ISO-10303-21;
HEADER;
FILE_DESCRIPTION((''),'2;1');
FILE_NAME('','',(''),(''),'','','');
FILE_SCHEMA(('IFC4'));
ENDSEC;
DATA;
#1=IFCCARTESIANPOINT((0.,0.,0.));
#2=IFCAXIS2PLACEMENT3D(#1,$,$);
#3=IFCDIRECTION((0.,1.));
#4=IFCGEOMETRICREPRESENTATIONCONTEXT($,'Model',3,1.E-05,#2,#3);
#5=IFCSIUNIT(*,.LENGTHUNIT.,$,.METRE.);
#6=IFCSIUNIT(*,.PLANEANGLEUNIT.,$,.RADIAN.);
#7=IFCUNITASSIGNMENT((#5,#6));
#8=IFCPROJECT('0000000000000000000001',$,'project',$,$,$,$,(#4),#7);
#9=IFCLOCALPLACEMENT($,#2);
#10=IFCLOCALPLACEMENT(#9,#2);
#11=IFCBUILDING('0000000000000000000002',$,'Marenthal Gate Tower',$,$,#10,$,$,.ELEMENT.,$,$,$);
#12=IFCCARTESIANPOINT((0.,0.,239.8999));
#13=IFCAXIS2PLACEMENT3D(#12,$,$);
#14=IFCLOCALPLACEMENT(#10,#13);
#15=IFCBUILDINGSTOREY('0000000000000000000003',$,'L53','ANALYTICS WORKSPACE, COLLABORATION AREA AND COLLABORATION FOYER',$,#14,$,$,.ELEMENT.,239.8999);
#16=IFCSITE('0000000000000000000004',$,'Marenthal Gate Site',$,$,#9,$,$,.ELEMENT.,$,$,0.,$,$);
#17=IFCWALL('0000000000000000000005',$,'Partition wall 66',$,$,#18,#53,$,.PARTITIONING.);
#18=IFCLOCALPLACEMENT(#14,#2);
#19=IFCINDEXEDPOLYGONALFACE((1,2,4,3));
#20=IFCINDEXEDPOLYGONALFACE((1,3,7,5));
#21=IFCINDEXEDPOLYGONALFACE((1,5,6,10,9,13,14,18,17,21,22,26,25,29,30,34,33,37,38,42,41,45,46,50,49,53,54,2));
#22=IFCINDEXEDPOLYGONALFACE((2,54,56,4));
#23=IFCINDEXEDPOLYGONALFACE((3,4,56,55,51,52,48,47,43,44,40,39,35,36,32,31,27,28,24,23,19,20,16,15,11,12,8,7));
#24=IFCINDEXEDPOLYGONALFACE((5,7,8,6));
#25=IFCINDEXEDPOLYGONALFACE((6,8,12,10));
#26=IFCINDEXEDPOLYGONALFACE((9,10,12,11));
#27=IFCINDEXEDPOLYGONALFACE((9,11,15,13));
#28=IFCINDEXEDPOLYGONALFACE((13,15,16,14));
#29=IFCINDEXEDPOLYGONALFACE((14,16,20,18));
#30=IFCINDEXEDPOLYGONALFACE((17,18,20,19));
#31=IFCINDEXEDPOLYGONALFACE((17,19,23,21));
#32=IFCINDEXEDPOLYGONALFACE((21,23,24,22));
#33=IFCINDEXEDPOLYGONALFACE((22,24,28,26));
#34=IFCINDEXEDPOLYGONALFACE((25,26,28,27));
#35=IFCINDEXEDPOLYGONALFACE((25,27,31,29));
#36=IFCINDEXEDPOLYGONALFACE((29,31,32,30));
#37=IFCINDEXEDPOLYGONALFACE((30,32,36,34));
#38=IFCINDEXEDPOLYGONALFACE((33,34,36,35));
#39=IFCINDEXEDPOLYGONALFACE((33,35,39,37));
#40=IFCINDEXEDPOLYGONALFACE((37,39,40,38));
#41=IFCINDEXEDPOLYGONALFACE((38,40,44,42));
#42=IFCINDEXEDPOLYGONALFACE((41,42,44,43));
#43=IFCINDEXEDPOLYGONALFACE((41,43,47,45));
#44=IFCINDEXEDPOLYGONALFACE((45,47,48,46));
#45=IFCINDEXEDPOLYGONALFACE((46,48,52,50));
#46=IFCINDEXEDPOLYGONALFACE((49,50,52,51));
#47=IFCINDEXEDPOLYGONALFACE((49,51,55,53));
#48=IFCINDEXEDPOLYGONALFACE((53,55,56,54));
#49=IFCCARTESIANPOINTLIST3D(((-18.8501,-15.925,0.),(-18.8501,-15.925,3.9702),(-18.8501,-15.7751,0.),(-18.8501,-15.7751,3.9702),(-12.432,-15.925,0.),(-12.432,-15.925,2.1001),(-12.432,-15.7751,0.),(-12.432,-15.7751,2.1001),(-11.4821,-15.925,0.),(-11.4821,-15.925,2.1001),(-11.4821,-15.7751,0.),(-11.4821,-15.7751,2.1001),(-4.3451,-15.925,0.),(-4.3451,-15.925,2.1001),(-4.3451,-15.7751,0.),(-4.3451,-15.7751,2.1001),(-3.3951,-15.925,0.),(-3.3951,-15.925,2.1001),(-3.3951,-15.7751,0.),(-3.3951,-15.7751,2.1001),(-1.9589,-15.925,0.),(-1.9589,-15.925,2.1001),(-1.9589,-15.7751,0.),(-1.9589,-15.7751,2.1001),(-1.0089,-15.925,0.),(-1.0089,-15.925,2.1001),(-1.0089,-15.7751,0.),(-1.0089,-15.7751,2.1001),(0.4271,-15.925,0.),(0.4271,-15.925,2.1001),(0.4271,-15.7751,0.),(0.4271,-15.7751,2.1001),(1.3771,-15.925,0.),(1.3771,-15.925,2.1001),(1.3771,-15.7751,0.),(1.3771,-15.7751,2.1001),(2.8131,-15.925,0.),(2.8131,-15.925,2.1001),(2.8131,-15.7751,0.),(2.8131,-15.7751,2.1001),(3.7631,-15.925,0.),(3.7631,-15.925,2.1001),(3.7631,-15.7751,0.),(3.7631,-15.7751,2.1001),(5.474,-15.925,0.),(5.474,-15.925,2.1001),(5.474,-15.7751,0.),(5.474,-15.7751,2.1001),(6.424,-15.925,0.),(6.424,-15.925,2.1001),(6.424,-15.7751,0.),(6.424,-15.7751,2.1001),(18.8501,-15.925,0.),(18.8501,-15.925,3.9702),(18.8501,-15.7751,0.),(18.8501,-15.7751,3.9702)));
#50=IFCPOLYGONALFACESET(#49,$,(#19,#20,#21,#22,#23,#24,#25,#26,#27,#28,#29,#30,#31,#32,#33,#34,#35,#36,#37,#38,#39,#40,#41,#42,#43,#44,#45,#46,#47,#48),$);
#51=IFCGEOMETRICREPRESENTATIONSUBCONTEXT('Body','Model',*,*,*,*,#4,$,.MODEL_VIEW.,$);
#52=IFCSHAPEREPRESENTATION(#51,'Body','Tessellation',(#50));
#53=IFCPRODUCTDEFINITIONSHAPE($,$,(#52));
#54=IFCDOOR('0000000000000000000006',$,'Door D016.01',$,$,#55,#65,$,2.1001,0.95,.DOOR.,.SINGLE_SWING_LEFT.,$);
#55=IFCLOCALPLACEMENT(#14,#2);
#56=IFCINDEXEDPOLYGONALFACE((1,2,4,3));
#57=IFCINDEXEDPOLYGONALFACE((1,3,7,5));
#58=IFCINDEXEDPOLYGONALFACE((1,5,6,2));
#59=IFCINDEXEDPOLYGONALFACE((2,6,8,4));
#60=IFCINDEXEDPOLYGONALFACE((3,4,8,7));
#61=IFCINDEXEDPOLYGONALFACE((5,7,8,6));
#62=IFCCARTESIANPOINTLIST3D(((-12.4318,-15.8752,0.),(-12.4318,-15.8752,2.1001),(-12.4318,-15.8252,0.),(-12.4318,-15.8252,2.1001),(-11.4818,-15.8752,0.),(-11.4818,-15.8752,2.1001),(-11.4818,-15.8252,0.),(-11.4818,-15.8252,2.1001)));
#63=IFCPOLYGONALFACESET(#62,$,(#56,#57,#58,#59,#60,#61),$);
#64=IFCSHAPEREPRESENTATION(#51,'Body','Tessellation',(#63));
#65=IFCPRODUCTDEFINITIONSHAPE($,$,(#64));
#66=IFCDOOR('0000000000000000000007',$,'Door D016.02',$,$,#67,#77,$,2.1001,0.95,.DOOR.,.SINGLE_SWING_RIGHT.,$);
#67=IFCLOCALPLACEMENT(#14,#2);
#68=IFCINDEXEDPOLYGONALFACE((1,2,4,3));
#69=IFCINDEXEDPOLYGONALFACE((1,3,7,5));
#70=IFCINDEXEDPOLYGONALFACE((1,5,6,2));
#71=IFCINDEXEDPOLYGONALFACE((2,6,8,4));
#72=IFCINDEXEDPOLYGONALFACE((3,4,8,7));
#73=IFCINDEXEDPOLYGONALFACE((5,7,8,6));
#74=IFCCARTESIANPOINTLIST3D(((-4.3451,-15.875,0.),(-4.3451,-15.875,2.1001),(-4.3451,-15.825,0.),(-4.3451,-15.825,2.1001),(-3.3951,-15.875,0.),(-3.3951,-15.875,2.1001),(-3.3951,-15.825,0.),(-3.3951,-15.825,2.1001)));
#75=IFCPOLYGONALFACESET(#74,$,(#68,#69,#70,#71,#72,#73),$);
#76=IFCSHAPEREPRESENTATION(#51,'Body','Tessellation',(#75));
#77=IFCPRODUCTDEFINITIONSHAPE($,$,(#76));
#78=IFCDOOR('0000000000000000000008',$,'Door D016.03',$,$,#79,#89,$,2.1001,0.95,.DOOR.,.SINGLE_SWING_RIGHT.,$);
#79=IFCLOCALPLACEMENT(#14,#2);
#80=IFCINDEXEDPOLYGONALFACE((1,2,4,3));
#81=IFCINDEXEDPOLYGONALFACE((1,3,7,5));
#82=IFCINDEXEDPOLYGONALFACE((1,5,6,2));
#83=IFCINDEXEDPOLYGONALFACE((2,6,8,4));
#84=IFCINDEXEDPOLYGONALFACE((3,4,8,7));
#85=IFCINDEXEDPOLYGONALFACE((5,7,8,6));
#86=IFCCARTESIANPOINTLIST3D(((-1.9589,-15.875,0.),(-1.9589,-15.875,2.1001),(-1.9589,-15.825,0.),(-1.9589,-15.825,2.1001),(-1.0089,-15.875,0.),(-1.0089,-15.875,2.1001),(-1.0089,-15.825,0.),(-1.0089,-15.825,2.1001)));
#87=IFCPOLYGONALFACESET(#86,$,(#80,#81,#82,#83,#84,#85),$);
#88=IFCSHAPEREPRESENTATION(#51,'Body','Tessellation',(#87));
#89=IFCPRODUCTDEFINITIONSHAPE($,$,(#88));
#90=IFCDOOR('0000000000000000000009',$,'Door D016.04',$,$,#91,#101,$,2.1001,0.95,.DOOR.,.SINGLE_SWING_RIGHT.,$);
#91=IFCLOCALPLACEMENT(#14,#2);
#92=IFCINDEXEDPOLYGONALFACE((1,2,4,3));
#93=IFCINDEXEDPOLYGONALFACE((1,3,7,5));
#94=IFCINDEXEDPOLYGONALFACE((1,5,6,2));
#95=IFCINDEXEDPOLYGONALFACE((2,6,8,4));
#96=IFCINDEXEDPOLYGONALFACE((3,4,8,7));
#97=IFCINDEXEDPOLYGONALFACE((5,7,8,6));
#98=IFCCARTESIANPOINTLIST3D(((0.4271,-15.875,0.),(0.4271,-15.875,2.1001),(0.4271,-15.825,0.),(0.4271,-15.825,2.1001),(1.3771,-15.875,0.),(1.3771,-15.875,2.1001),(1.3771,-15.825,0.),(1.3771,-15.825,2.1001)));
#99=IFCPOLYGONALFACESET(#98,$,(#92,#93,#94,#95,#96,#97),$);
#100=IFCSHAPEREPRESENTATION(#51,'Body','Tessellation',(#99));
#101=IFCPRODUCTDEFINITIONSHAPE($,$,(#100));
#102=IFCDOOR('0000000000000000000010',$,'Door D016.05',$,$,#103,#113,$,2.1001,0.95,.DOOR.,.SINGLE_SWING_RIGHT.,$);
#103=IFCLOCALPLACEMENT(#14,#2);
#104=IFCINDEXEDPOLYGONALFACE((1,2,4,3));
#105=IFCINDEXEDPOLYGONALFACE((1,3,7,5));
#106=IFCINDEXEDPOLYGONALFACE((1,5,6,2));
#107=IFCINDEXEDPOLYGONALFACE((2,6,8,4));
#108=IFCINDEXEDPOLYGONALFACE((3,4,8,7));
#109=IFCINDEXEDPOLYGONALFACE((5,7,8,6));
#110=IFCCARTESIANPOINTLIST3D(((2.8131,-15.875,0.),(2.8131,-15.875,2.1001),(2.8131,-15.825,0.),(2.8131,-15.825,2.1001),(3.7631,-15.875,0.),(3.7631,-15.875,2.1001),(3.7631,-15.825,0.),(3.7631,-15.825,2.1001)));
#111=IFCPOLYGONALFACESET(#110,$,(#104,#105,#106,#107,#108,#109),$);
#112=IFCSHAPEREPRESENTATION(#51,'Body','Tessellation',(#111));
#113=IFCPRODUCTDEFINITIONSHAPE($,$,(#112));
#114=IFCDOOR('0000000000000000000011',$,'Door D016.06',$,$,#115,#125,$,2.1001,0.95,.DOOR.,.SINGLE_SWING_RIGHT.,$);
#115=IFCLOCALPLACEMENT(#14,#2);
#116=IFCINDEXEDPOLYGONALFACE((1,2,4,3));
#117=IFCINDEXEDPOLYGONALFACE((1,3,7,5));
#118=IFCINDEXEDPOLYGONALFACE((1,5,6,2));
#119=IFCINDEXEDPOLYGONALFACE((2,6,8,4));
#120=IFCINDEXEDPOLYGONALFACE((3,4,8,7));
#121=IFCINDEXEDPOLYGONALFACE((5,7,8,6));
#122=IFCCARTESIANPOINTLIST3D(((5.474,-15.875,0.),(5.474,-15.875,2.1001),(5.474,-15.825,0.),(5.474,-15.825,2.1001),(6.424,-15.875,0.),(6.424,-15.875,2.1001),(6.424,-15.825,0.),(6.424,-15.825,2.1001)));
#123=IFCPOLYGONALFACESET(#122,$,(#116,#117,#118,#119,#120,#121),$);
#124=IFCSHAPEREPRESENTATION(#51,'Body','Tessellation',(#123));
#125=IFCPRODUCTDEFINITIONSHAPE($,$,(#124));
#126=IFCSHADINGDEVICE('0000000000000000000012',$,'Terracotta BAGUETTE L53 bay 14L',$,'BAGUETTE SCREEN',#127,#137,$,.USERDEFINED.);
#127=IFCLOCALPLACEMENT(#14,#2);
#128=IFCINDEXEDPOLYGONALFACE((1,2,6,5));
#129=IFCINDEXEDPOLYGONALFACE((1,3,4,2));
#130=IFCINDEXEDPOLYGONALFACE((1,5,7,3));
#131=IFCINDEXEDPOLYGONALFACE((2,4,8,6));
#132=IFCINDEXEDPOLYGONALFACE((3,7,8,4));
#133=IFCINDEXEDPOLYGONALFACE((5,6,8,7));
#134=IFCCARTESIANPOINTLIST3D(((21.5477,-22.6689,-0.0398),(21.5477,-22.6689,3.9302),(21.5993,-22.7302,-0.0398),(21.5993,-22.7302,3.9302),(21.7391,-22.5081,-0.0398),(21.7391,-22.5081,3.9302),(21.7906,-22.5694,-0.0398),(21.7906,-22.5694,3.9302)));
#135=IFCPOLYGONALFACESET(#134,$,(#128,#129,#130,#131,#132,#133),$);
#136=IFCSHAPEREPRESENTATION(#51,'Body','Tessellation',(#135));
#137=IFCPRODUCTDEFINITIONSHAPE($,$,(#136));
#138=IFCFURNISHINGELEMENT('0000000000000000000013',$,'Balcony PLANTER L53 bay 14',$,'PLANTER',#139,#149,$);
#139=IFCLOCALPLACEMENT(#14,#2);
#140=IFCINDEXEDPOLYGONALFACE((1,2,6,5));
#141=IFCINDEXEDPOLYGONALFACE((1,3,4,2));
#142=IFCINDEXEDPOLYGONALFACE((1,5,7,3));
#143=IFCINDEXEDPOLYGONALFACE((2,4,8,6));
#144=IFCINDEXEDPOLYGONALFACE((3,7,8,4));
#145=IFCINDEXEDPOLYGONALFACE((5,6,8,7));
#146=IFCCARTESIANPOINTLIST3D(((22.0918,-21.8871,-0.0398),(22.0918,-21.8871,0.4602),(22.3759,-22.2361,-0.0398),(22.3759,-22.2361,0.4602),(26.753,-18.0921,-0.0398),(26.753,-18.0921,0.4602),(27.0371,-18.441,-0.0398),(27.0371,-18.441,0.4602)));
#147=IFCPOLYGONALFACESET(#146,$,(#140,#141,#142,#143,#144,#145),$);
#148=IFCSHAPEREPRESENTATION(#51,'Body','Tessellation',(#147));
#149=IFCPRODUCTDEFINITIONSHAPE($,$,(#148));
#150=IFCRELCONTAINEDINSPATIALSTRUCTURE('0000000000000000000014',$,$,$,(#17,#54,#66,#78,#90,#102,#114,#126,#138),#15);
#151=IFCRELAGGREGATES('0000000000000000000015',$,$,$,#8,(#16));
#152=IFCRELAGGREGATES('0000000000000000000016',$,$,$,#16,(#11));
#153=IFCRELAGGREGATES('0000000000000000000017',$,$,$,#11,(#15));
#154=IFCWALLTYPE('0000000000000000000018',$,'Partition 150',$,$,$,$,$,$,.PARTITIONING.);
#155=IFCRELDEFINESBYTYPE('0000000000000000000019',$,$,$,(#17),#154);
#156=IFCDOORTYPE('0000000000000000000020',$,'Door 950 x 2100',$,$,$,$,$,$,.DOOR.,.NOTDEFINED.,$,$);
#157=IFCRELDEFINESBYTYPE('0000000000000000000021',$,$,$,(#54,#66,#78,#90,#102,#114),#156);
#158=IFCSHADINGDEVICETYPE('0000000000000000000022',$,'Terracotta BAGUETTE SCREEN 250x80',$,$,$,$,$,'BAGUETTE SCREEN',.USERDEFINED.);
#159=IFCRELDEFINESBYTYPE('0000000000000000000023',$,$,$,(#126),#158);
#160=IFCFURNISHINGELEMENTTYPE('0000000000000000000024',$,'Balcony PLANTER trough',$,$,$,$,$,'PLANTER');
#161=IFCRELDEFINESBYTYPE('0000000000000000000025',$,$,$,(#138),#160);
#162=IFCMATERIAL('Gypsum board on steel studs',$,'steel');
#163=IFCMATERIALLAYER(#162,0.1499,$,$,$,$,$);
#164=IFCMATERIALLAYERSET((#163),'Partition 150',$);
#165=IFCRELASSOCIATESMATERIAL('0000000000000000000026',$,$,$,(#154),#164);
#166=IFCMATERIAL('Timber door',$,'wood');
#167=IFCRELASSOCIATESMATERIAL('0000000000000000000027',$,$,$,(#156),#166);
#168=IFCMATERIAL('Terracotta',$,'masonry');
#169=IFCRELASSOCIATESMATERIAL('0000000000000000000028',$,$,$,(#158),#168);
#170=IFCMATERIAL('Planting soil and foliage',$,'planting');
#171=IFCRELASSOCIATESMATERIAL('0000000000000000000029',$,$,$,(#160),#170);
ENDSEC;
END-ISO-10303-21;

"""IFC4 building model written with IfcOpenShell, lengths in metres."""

from ifc_helpers import new_model, si_unit, direction, frame, frame_2d, origin, origin_2d, place, context, subcontext, project, spatial, rectangle, extrude, material, layer, layer_set, material_profile, profile_set, type_object, element, fill, save


model = new_model("IFC4")

# Units and contexts
model_context = context("Model", 3, precision=1e-05, world=origin(), true_north=direction((0.0, 1.0)))
body_context = subcontext(model_context, "Body", "Model", "MODEL_VIEW")
ifc_project = project(units=[si_unit("LENGTHUNIT", "METRE"), si_unit("PLANEANGLEUNIT", "RADIAN")], contexts=[model_context])

# Site, building, storey
site_placement = place(None, origin())
site = spatial("IfcSite", under=ifc_project, at=site_placement, Name="Marenthal Gate Site", CompositionType="ELEMENT", RefElevation=0.0)
building_placement = place(site_placement, origin())
building = spatial("IfcBuilding", under=site, at=building_placement, Name="Marenthal Gate Tower", CompositionType="ELEMENT")
storey_placement = place(building_placement, frame((0.0, 0.0, 239.8999)))
storey = spatial("IfcBuildingStorey", under=building, at=storey_placement, Name="L53", Description="ANALYTICS WORKSPACE, COLLABORATION AREA AND COLLABORATION FOYER", CompositionType="ELEMENT", Elevation=239.8999)

# Wall, openings, doors
ifc_material_1 = material(Name="Gypsum board on steel studs", Category="steel")
ifc_layer_1 = layer(ifc_material_1, 0.1499)
ifc_layer_set_1 = layer_set([ifc_layer_1], Name="Partition 150")
wall_type_1 = type_object("IfcWallType", Name="Partition 150", PredefinedType="PARTITIONING", material=ifc_layer_set_1)
wall_1_placement = place(storey_placement, frame((18.8501, -15.8501, 0.0), z_axis=(0.0, 0.0, 1.0), x_axis=(-1.0, 0.0, 0.0)))
wall_1 = element("IfcWall", 1, at=wall_1_placement, inside=storey, type_object=wall_type_1, Name="Partition wall 66", PredefinedType="PARTITIONING", context=body_context, shape_type="SweptSolid", body=[
    extrude(rectangle(XDim=37.7002, YDim=0.1499, at=frame_2d((18.8501, 0.0))), origin(), (0.0, 0.0, 1.0), 3.9702),
])
opening_1_placement = place(wall_1_placement, frame((30.332, 0.0, 0.0)))
opening_1 = element("IfcOpeningElement", 2, at=opening_1_placement, cuts=wall_1, PredefinedType="OPENING", context=body_context, shape_type="SweptSolid", body=[
    extrude(rectangle(XDim=0.95, YDim=2.1001, at=frame_2d((0.4751, 1.05))), frame((0.0, 0.085, 0.0), z_axis=(0.0, -1.0, 0.0), x_axis=(1.0, 0.0, 0.0)), (0.0, 0.0, 1.0), 0.1699),
])
opening_2_placement = place(wall_1_placement, frame((22.2451, 0.0, 0.0)))
opening_2 = element("IfcOpeningElement", 3, at=opening_2_placement, cuts=wall_1, PredefinedType="OPENING", context=body_context, shape_type="SweptSolid", body=[
    extrude(rectangle(XDim=0.95, YDim=2.1001, at=frame_2d((0.4751, 1.05))), frame((0.0, 0.085, 0.0), z_axis=(0.0, -1.0, 0.0), x_axis=(1.0, 0.0, 0.0)), (0.0, 0.0, 1.0), 0.1699),
])
opening_3_placement = place(wall_1_placement, frame((19.8589, 0.0, 0.0)))
opening_3 = element("IfcOpeningElement", 4, at=opening_3_placement, cuts=wall_1, PredefinedType="OPENING", context=body_context, shape_type="SweptSolid", body=[
    extrude(rectangle(XDim=0.95, YDim=2.1001, at=frame_2d((0.4751, 1.05))), frame((0.0, 0.085, 0.0), z_axis=(0.0, -1.0, 0.0), x_axis=(1.0, 0.0, 0.0)), (0.0, 0.0, 1.0), 0.1699),
])
opening_4_placement = place(wall_1_placement, frame((17.4729, 0.0, 0.0)))
opening_4 = element("IfcOpeningElement", 5, at=opening_4_placement, cuts=wall_1, PredefinedType="OPENING", context=body_context, shape_type="SweptSolid", body=[
    extrude(rectangle(XDim=0.95, YDim=2.1001, at=frame_2d((0.4751, 1.05))), frame((0.0, 0.085, 0.0), z_axis=(0.0, -1.0, 0.0), x_axis=(1.0, 0.0, 0.0)), (0.0, 0.0, 1.0), 0.1699),
])
opening_5_placement = place(wall_1_placement, frame((15.0869, 0.0, 0.0)))
opening_5 = element("IfcOpeningElement", 6, at=opening_5_placement, cuts=wall_1, PredefinedType="OPENING", context=body_context, shape_type="SweptSolid", body=[
    extrude(rectangle(XDim=0.95, YDim=2.1001, at=frame_2d((0.4751, 1.05))), frame((0.0, 0.085, 0.0), z_axis=(0.0, -1.0, 0.0), x_axis=(1.0, 0.0, 0.0)), (0.0, 0.0, 1.0), 0.1699),
])
opening_6_placement = place(wall_1_placement, frame((12.426, 0.0, 0.0)))
opening_6 = element("IfcOpeningElement", 7, at=opening_6_placement, cuts=wall_1, PredefinedType="OPENING", context=body_context, shape_type="SweptSolid", body=[
    extrude(rectangle(XDim=0.95, YDim=2.1001, at=frame_2d((0.4751, 1.05))), frame((0.0, 0.085, 0.0), z_axis=(0.0, -1.0, 0.0), x_axis=(1.0, 0.0, 0.0)), (0.0, 0.0, 1.0), 0.1699),
])
ifc_material_2 = material(Name="Timber door", Category="wood")
door_type_1 = type_object("IfcDoorType", Name="Door 950 x 2100", OperationType="NOTDEFINED", PredefinedType="DOOR", material=ifc_material_2)
door_1_placement = place(opening_1_placement, frame((0.95, 0.0, 0.0), z_axis=(0.0, 0.0, 1.0), x_axis=(-1.0, 0.0, 0.0)))
door_1 = element("IfcDoor", 8, at=door_1_placement, inside=storey, type_object=door_type_1, Name="Door D016.01", OperationType="SINGLE_SWING_LEFT", OverallHeight=2.1001, OverallWidth=0.95, PredefinedType="DOOR", context=body_context, shape_type="SweptSolid", body=[
    extrude(rectangle(XDim=0.95, YDim=2.1001, at=frame_2d((0.4751, 1.05))), frame((0.0, 0.0249, 0.0), z_axis=(0.0, -1.0, 0.0), x_axis=(1.0, 0.0, 0.0)), (0.0, 0.0, 1.0), 0.05),
])
fill(opening_1, door_1)
door_2_placement = place(opening_2_placement, origin())
door_2 = element("IfcDoor", 9, at=door_2_placement, inside=storey, type_object=door_type_1, Name="Door D016.02", OperationType="SINGLE_SWING_RIGHT", OverallHeight=2.1001, OverallWidth=0.95, PredefinedType="DOOR", context=body_context, shape_type="SweptSolid", body=[
    extrude(rectangle(XDim=0.95, YDim=2.1001, at=frame_2d((0.4751, 1.05))), frame((0.0, 0.0249, 0.0), z_axis=(0.0, -1.0, 0.0), x_axis=(1.0, 0.0, 0.0)), (0.0, 0.0, 1.0), 0.05),
])
fill(opening_2, door_2)
door_3_placement = place(opening_3_placement, origin())
door_3 = element("IfcDoor", 10, at=door_3_placement, inside=storey, type_object=door_type_1, Name="Door D016.03", OperationType="SINGLE_SWING_RIGHT", OverallHeight=2.1001, OverallWidth=0.95, PredefinedType="DOOR", context=body_context, shape_type="SweptSolid", body=[
    extrude(rectangle(XDim=0.95, YDim=2.1001, at=frame_2d((0.4751, 1.05))), frame((0.0, 0.0249, 0.0), z_axis=(0.0, -1.0, 0.0), x_axis=(1.0, 0.0, 0.0)), (0.0, 0.0, 1.0), 0.05),
])
fill(opening_3, door_3)
door_4_placement = place(opening_4_placement, origin())
door_4 = element("IfcDoor", 11, at=door_4_placement, inside=storey, type_object=door_type_1, Name="Door D016.04", OperationType="SINGLE_SWING_RIGHT", OverallHeight=2.1001, OverallWidth=0.95, PredefinedType="DOOR", context=body_context, shape_type="SweptSolid", body=[
    extrude(rectangle(XDim=0.95, YDim=2.1001, at=frame_2d((0.4751, 1.05))), frame((0.0, 0.0249, 0.0), z_axis=(0.0, -1.0, 0.0), x_axis=(1.0, 0.0, 0.0)), (0.0, 0.0, 1.0), 0.05),
])
fill(opening_4, door_4)
door_5_placement = place(opening_5_placement, origin())
door_5 = element("IfcDoor", 12, at=door_5_placement, inside=storey, type_object=door_type_1, Name="Door D016.05", OperationType="SINGLE_SWING_RIGHT", OverallHeight=2.1001, OverallWidth=0.95, PredefinedType="DOOR", context=body_context, shape_type="SweptSolid", body=[
    extrude(rectangle(XDim=0.95, YDim=2.1001, at=frame_2d((0.4751, 1.05))), frame((0.0, 0.0249, 0.0), z_axis=(0.0, -1.0, 0.0), x_axis=(1.0, 0.0, 0.0)), (0.0, 0.0, 1.0), 0.05),
])
fill(opening_5, door_5)
door_6_placement = place(opening_6_placement, origin())
door_6 = element("IfcDoor", 13, at=door_6_placement, inside=storey, type_object=door_type_1, Name="Door D016.06", OperationType="SINGLE_SWING_RIGHT", OverallHeight=2.1001, OverallWidth=0.95, PredefinedType="DOOR", context=body_context, shape_type="SweptSolid", body=[
    extrude(rectangle(XDim=0.95, YDim=2.1001, at=frame_2d((0.4751, 1.05))), frame((0.0, 0.0249, 0.0), z_axis=(0.0, -1.0, 0.0), x_axis=(1.0, 0.0, 0.0)), (0.0, 0.0, 1.0), 0.05),
])
fill(opening_6, door_6)

# Shading device
ifc_material_3 = material(Name="Terracotta", Category="masonry")
ifc_material_profile_1 = material_profile(ifc_material_3, rectangle(XDim=0.25, YDim=0.0801, at=origin_2d()), Name="Terracotta baguette 250x80")
ifc_profile_set_1 = profile_set([ifc_material_profile_1], Name="Terracotta")
shading_device_type = type_object("IfcShadingDeviceType", Name="Terracotta BAGUETTE SCREEN 250x80", ElementType="BAGUETTE SCREEN", PredefinedType="USERDEFINED", material=ifc_profile_set_1)
shading_device_placement = place(storey_placement, frame((21.6692, -22.6191, -0.0398), z_axis=(0.0, 0.0, 1.0), x_axis=(0.765469, 0.643472, 0.0)))
element("IfcShadingDevice", 14, at=shading_device_placement, inside=storey, type_object=shading_device_type, Name="Terracotta BAGUETTE L53 bay 14L", ObjectType="BAGUETTE SCREEN", PredefinedType="USERDEFINED", context=body_context, shape_type="SweptSolid", body=[
    extrude(rectangle(XDim=0.25, YDim=0.0801, at=origin_2d()), origin(), (0.0, 0.0, 1.0), 3.97),
])

# Furnishing element
ifc_material_4 = material(Name="Planting soil and foliage", Category="planting")
furnishing_element_type = type_object("IfcFurnishingElementType", Name="Balcony PLANTER trough", ElementType="PLANTER", material=ifc_material_4)
furnishing_placement = place(storey_placement, frame((24.5645, -20.1641, -0.0398), z_axis=(0.0, 0.0, 1.0), x_axis=(0.775469, 0.631385, 0.0)))
element("IfcFurnishingElement", 15, at=furnishing_placement, inside=storey, type_object=furnishing_element_type, Name="Balcony PLANTER L53 bay 14", ObjectType="PLANTER", context=body_context, shape_type="SweptSolid", body=[
    extrude(rectangle(XDim=6.0107, YDim=0.45, at=origin_2d()), origin(), (0.0, 0.0, 1.0), 0.5),
])

save(model, "model.ifc")
